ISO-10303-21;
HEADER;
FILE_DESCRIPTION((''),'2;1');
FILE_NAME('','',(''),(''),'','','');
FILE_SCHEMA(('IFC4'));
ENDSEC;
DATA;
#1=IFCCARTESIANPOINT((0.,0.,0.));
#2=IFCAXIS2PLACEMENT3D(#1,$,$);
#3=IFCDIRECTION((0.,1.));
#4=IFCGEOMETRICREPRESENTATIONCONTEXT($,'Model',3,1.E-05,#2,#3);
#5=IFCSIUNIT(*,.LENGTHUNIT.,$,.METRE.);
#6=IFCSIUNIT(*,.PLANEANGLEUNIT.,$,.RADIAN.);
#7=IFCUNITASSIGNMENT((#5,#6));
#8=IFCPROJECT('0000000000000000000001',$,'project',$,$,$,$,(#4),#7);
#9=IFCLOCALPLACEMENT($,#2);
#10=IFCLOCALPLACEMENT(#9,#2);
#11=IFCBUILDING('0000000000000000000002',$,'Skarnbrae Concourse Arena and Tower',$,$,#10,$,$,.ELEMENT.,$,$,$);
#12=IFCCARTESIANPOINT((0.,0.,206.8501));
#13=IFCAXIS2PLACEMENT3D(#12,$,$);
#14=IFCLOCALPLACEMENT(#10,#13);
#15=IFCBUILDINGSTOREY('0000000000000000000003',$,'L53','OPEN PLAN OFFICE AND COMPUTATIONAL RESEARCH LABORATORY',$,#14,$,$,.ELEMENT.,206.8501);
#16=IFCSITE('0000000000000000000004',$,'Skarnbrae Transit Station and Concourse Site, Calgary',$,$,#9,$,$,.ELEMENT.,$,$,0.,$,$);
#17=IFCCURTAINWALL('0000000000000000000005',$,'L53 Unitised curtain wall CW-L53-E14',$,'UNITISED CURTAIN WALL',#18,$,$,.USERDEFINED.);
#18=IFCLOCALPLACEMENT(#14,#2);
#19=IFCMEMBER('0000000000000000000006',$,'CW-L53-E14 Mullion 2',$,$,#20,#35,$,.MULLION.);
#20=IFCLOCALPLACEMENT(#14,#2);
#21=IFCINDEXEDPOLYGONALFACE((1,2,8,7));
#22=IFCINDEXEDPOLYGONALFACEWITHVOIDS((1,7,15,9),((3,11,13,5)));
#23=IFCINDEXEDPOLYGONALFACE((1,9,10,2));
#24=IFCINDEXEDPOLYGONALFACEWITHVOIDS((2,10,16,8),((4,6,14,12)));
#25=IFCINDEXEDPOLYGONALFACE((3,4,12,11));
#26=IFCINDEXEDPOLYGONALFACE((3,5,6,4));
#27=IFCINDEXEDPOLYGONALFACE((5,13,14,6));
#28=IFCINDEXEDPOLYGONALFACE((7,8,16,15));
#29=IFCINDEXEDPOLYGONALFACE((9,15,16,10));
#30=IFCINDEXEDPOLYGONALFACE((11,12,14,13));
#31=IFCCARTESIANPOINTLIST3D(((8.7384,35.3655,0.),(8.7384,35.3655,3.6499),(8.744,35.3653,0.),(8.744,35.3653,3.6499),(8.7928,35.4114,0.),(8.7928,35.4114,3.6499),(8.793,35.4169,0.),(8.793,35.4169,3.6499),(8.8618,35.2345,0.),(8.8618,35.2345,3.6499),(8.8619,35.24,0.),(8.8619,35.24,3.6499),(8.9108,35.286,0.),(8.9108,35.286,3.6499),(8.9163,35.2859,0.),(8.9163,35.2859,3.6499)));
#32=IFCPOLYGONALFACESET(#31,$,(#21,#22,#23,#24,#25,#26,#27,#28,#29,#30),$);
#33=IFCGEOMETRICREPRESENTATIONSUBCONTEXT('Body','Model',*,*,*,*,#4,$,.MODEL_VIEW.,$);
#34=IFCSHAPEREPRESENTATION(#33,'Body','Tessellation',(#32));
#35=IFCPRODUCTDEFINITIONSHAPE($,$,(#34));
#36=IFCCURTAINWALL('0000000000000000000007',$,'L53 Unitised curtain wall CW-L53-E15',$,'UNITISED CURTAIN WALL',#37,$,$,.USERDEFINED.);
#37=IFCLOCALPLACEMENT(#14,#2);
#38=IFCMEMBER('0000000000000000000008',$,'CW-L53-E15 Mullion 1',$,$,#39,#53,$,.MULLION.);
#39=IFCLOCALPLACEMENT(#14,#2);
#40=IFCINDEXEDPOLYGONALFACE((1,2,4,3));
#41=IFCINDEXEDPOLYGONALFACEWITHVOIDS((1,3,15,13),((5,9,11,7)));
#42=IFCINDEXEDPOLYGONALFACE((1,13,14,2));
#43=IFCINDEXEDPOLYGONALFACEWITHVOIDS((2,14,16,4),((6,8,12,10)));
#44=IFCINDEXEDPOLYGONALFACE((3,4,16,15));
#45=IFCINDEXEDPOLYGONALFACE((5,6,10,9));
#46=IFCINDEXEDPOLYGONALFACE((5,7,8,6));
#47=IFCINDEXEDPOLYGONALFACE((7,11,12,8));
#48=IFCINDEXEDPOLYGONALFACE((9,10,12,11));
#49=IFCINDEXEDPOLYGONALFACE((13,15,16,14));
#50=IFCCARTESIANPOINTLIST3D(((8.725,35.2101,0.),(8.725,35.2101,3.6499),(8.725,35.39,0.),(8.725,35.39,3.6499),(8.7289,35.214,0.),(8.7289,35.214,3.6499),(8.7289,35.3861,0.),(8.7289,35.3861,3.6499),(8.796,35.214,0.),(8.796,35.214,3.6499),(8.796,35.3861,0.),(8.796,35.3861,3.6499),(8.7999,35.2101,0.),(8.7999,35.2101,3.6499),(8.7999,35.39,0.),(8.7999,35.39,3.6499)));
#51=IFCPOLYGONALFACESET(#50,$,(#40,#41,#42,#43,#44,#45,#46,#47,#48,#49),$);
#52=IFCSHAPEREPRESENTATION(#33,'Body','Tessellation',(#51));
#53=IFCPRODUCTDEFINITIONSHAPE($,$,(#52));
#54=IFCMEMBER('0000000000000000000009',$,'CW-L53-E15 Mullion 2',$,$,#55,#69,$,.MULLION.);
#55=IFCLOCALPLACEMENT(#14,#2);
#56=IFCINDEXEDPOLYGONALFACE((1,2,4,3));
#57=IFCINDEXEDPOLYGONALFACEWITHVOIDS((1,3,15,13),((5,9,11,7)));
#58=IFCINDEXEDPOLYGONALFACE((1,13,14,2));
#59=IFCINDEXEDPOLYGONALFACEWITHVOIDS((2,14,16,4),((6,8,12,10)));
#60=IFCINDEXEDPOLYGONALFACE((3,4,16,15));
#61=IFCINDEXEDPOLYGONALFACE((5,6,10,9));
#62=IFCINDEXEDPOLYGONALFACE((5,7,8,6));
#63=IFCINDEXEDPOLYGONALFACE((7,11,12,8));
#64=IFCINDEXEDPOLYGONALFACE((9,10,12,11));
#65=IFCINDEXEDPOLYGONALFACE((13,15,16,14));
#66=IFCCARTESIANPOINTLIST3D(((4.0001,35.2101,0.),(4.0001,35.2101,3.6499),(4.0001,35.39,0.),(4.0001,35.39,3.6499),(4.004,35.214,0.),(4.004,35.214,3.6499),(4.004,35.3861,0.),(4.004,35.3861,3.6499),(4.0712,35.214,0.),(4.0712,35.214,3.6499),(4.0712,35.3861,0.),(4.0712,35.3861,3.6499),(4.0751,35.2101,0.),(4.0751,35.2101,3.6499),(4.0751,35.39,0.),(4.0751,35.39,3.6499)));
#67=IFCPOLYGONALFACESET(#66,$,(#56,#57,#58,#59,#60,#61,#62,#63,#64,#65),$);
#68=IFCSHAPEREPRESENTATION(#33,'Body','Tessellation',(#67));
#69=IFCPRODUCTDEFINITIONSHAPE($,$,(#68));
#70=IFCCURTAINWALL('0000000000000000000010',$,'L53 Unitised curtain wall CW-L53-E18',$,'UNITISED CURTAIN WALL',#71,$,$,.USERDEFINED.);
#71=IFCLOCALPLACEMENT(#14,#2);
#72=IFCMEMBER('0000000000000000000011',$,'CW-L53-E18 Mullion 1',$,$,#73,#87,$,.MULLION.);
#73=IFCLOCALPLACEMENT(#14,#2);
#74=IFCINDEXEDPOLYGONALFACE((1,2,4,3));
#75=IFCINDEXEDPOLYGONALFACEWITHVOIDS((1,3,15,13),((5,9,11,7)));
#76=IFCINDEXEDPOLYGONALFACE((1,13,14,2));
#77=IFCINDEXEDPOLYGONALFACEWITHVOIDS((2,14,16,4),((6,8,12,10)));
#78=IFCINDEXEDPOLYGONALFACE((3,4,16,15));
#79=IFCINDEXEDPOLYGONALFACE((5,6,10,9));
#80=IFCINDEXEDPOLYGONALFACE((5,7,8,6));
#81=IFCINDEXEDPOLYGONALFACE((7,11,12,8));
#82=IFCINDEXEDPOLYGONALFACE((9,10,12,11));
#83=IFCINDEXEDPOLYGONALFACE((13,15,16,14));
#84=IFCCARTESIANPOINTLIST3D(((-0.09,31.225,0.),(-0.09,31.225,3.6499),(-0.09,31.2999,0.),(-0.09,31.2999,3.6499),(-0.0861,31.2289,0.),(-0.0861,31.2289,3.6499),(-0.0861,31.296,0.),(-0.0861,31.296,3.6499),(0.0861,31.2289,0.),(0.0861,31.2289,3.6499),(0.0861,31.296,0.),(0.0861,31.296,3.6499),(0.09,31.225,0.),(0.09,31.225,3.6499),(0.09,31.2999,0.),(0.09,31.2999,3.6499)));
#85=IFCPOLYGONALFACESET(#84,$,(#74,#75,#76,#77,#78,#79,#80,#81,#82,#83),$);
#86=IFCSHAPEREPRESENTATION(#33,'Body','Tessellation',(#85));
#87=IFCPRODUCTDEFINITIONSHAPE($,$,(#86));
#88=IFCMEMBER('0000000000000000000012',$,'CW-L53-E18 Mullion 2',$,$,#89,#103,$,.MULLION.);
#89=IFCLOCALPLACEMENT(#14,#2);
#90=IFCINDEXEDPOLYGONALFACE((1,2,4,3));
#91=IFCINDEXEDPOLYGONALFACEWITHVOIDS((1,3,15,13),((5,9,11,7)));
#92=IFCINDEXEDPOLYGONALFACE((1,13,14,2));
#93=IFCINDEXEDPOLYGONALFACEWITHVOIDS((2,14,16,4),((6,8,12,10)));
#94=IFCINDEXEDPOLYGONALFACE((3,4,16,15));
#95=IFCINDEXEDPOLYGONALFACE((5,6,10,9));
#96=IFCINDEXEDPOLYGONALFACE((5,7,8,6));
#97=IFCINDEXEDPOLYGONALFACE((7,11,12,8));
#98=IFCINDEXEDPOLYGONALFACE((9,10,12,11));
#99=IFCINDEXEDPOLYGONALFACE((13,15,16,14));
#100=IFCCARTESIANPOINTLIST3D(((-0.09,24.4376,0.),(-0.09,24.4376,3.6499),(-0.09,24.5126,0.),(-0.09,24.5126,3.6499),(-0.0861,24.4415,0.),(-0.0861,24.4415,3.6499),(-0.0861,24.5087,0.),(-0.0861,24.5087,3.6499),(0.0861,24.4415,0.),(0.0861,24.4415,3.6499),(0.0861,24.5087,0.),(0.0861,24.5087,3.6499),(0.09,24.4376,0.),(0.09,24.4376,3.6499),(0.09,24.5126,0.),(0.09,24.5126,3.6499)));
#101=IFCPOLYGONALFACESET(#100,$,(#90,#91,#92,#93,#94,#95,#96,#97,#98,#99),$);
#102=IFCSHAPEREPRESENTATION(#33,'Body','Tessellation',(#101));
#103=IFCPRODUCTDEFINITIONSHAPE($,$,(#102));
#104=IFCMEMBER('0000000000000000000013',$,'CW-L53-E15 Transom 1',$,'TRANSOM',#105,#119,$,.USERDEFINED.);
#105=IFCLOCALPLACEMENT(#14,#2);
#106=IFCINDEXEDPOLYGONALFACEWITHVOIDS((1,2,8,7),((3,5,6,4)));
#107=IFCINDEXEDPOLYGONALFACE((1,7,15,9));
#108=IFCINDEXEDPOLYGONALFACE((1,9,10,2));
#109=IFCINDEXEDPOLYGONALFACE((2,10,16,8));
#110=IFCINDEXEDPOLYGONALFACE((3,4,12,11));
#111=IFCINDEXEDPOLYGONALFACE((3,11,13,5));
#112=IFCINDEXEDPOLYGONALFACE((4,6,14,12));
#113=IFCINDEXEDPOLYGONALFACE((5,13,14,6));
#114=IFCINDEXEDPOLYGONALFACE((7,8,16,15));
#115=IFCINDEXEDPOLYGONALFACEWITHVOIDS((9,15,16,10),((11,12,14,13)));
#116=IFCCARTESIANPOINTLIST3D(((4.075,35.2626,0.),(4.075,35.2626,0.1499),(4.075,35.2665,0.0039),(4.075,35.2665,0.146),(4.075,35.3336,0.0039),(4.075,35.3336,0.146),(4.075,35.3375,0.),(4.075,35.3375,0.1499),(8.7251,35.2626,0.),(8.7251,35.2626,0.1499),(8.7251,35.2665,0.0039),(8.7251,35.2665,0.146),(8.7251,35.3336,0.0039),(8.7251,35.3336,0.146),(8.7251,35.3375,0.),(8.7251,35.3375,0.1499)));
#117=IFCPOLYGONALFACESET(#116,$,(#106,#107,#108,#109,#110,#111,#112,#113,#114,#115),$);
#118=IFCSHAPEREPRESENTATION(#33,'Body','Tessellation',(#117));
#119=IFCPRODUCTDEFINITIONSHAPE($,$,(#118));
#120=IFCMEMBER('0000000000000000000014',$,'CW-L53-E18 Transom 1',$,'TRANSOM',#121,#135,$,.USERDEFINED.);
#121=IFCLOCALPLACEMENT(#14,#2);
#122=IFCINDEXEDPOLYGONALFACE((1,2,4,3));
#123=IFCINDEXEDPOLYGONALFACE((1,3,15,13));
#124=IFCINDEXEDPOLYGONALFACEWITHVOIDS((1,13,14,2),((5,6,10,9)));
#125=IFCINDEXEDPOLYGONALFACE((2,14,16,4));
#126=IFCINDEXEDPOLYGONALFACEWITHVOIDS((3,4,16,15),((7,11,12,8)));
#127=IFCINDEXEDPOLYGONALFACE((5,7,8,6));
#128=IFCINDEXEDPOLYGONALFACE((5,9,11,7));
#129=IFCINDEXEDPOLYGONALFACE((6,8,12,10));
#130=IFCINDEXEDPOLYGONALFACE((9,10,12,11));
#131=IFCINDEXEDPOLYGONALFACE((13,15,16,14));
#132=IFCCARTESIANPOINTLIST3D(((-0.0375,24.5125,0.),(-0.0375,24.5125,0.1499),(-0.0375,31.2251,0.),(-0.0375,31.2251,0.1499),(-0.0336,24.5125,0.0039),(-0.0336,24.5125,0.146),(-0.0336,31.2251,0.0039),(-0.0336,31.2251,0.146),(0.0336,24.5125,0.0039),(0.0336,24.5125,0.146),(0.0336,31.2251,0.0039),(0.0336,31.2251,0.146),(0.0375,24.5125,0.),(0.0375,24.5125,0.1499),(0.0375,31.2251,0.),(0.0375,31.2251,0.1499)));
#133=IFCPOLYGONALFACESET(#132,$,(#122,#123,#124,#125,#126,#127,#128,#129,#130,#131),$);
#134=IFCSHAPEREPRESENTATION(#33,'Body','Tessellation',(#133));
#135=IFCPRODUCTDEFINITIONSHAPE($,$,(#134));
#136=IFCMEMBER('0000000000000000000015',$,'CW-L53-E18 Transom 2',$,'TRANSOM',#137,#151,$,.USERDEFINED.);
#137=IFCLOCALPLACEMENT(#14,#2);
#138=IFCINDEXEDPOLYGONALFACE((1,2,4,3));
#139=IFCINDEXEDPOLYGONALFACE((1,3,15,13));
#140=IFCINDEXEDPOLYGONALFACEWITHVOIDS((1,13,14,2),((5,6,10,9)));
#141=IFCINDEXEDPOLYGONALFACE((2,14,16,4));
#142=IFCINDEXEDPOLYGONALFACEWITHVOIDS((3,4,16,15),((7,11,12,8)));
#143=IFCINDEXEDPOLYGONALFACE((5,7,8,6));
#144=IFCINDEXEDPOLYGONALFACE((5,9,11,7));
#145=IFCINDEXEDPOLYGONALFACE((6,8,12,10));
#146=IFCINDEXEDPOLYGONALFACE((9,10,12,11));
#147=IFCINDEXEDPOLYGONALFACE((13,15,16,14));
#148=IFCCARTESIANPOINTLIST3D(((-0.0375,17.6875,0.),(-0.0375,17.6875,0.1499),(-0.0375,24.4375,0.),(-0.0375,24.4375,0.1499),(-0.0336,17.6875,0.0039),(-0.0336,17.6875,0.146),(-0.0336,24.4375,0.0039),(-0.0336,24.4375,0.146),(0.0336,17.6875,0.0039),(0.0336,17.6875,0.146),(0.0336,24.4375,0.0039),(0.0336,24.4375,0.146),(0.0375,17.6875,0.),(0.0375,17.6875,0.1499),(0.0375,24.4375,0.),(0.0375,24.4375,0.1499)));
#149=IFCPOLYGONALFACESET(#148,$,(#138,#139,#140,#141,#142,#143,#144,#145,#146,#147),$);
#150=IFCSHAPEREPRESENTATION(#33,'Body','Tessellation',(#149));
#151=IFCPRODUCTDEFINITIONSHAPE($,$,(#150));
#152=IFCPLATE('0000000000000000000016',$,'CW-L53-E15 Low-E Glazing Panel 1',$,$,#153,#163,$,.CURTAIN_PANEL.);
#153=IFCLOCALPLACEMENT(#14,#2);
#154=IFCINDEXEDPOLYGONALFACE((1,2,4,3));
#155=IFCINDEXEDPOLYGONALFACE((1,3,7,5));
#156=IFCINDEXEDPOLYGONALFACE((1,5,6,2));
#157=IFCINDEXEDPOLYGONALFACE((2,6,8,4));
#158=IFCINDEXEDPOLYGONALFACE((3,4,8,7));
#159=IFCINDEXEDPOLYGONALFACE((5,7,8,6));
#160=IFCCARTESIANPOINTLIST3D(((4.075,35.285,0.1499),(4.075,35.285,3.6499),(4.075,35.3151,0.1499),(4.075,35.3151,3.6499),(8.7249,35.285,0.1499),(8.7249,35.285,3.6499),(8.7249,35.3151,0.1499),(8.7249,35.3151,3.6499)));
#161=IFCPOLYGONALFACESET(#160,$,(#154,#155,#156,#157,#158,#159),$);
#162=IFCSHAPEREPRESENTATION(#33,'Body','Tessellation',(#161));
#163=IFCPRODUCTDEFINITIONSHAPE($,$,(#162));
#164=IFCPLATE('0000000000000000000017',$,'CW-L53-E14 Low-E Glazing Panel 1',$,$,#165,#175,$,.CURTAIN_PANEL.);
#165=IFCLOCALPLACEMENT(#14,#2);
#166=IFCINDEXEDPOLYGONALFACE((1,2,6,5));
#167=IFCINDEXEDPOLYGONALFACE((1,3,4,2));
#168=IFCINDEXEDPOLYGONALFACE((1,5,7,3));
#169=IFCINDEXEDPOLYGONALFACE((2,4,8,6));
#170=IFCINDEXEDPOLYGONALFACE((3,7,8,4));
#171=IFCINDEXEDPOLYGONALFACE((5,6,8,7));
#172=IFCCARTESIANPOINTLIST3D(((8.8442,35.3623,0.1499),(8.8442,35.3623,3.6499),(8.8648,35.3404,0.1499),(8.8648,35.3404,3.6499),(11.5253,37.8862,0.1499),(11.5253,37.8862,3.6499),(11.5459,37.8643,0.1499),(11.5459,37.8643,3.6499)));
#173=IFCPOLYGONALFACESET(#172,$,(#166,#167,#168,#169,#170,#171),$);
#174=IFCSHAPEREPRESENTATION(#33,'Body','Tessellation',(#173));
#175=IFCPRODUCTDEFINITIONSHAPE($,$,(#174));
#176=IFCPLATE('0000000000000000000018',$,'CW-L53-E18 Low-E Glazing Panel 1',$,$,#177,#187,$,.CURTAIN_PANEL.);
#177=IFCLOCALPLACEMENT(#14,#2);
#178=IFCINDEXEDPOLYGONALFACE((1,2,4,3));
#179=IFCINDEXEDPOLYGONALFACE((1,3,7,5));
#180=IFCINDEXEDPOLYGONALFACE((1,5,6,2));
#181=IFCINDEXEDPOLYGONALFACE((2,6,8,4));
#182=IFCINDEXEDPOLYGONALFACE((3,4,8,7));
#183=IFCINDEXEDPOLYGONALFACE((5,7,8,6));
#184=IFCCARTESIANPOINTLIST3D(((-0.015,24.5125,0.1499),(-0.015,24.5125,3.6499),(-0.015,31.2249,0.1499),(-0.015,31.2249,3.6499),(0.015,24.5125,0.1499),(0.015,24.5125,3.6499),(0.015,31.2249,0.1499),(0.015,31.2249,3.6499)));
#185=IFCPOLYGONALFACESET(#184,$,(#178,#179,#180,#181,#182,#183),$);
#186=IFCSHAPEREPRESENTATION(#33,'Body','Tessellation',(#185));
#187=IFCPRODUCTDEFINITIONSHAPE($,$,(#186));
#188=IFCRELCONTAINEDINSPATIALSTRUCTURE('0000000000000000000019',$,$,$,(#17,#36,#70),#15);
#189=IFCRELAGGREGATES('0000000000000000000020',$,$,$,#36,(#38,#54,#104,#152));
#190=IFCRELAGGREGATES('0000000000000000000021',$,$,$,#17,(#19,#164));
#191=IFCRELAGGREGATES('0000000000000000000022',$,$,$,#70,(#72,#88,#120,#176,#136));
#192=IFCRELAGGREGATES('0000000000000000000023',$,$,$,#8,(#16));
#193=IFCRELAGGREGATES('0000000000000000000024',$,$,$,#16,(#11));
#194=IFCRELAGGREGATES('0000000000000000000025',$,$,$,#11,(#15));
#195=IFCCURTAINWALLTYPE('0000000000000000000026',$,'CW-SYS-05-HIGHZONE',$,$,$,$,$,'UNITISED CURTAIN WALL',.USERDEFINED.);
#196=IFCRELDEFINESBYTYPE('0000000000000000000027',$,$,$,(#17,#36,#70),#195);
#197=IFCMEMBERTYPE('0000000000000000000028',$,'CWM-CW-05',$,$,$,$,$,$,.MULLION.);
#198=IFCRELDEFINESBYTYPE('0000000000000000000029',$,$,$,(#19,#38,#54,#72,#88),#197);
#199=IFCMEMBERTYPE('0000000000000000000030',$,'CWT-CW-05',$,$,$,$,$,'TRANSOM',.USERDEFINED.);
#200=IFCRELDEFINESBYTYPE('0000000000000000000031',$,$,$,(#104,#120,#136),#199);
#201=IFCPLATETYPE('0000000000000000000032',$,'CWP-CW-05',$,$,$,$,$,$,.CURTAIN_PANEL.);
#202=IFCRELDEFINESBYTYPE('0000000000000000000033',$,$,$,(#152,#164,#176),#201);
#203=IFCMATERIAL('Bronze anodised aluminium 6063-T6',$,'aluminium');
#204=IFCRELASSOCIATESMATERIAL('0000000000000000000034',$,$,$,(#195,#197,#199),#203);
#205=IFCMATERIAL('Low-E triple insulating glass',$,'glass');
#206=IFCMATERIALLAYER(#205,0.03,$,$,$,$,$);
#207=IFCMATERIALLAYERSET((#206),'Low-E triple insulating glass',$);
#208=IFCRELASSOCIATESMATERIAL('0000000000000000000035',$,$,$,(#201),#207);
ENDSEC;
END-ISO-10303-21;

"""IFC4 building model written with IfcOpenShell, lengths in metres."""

from ifc_helpers import new_model, si_unit, direction, frame, origin, origin_2d, place, context, subcontext, project, spatial, rectangle, hollow_rectangle, extrude, source, transform, mapped, material, layer, layer_set, material_profile, profile_set, type_object, element, aggregate, save


model = new_model("IFC4")

# Units and contexts
model_context = context("Model", 3, precision=1e-05, world=origin(), true_north=direction((0.0, 1.0)))
body_context = subcontext(model_context, "Body", "Model", "MODEL_VIEW")
ifc_project = project(units=[si_unit("LENGTHUNIT", "METRE"), si_unit("PLANEANGLEUNIT", "RADIAN")], contexts=[model_context])

# Site, building, storey
site_placement = place(None, origin())
site = spatial("IfcSite", under=ifc_project, at=site_placement, Name="Skarnbrae Transit Station and Concourse Site, Calgary", CompositionType="ELEMENT", RefElevation=0.0)
building_placement = place(site_placement, origin())
building = spatial("IfcBuilding", under=site, at=building_placement, Name="Skarnbrae Concourse Arena and Tower", CompositionType="ELEMENT")
storey_placement = place(building_placement, frame((0.0, 0.0, 206.8501)))
storey = spatial("IfcBuildingStorey", under=building, at=storey_placement, Name="L53", Description="OPEN PLAN OFFICE AND COMPUTATIONAL RESEARCH LABORATORY", CompositionType="ELEMENT", Elevation=206.8501)

# Curtain wall, member
ifc_material_1 = material(Name="Bronze anodised aluminium 6063-T6", Category="aluminium")
curtain_wall_type = type_object("IfcCurtainWallType", Name="CW-SYS-05-HIGHZONE", ElementType="UNITISED CURTAIN WALL", PredefinedType="USERDEFINED", material=ifc_material_1)
curtain_wall_1_placement = place(storey_placement, origin())
curtain_wall_1 = element("IfcCurtainWall", 1, at=curtain_wall_1_placement, inside=storey, type_object=curtain_wall_type, Name="L53 Unitised curtain wall CW-L53-E14", ObjectType="UNITISED CURTAIN WALL", PredefinedType="USERDEFINED")
ifc_material_profile_1 = material_profile(ifc_material_1, hollow_rectangle(XDim=0.075, YDim=0.1799, WallThickness=0.0039, at=origin_2d()), Name="ALU-MULL-75X180")
ifc_profile_set_1 = profile_set([ifc_material_profile_1], Name="Bronze anodised aluminium 6063-T6")
member_type_1 = type_object("IfcMemberType", Name="CWM-CW-05", PredefinedType="MULLION", material=ifc_profile_set_1)
shared_shape_1 = source(origin(), body_context, "Body", "SweptSolid", [
    extrude(hollow_rectangle(XDim=0.075, YDim=0.1799, WallThickness=0.0039, at=origin_2d()), origin(), (0.0, 0.0, 1.0), 3.6499),
])
member_1_placement = place(storey_placement, frame((8.8274, 35.3257, 0.0), z_axis=(0.0, 0.0, 1.0), x_axis=(-0.728131, -0.685438, 0.0)))
member_1 = element("IfcMember", 2, at=member_1_placement, type_object=member_type_1, Name="CW-L53-E14 Mullion 2", PredefinedType="MULLION", context=body_context, shape_type="MappedRepresentation", body=[
    mapped(shared_shape_1, transform((0.0, 0.0, 0.0))),
])

# Curtain walls, members
curtain_wall_2_placement = place(storey_placement, origin())
curtain_wall_2 = element("IfcCurtainWall", 3, at=curtain_wall_2_placement, inside=storey, type_object=curtain_wall_type, Name="L53 Unitised curtain wall CW-L53-E15", ObjectType="UNITISED CURTAIN WALL", PredefinedType="USERDEFINED")
member_2_placement = place(storey_placement, frame((8.7625, 35.3, 0.0), z_axis=(0.0, 0.0, 1.0), x_axis=(-1.0, 0.0, 0.0)))
member_2 = element("IfcMember", 4, at=member_2_placement, type_object=member_type_1, Name="CW-L53-E15 Mullion 1", PredefinedType="MULLION", context=body_context, shape_type="MappedRepresentation", body=[
    mapped(shared_shape_1, transform((0.0, 0.0, 0.0))),
])
member_3_placement = place(storey_placement, frame((4.0376, 35.3, 0.0), z_axis=(0.0, 0.0, 1.0), x_axis=(-1.0, 0.0, 0.0)))
member_3 = element("IfcMember", 5, at=member_3_placement, type_object=member_type_1, Name="CW-L53-E15 Mullion 2", PredefinedType="MULLION", context=body_context, shape_type="MappedRepresentation", body=[
    mapped(shared_shape_1, transform((0.0, 0.0, 0.0))),
])
curtain_wall_3_placement = place(storey_placement, origin())
curtain_wall_3 = element("IfcCurtainWall", 6, at=curtain_wall_3_placement, inside=storey, type_object=curtain_wall_type, Name="L53 Unitised curtain wall CW-L53-E18", ObjectType="UNITISED CURTAIN WALL", PredefinedType="USERDEFINED")
member_4_placement = place(storey_placement, frame((0.0, 31.2625, 0.0), z_axis=(0.0, 0.0, 1.0), x_axis=(0.0, -1.0, 0.0)))
member_4 = element("IfcMember", 7, at=member_4_placement, type_object=member_type_1, Name="CW-L53-E18 Mullion 1", PredefinedType="MULLION", context=body_context, shape_type="MappedRepresentation", body=[
    mapped(shared_shape_1, transform((0.0, 0.0, 0.0))),
])
member_5_placement = place(storey_placement, frame((0.0, 24.4751, 0.0), z_axis=(0.0, 0.0, 1.0), x_axis=(0.0, -1.0, 0.0)))
member_5 = element("IfcMember", 8, at=member_5_placement, type_object=member_type_1, Name="CW-L53-E18 Mullion 2", PredefinedType="MULLION", context=body_context, shape_type="MappedRepresentation", body=[
    mapped(shared_shape_1, transform((0.0, 0.0, 0.0))),
])

# Members
ifc_material_profile_2 = material_profile(ifc_material_1, hollow_rectangle(XDim=0.075, YDim=0.1499, WallThickness=0.0039, at=origin_2d()), Name="ALU-TRAN-75X150")
ifc_profile_set_2 = profile_set([ifc_material_profile_2], Name="Bronze anodised aluminium 6063-T6")
member_type_2 = type_object("IfcMemberType", Name="CWT-CW-05", ElementType="TRANSOM", PredefinedType="USERDEFINED", material=ifc_profile_set_2)
shared_shape_2 = source(origin(), body_context, "Body", "SweptSolid", [
    extrude(hollow_rectangle(XDim=0.075, YDim=0.1499, WallThickness=0.0039, at=origin_2d()), origin(), (0.0, 0.0, 1.0), 4.6501),
])
member_6_placement = place(storey_placement, frame((8.7251, 35.3, 0.075), z_axis=(-1.0, 0.0, 0.0), x_axis=(0.0, -1.0, 0.0)))
member_6 = element("IfcMember", 9, at=member_6_placement, type_object=member_type_2, Name="CW-L53-E15 Transom 1", ObjectType="TRANSOM", PredefinedType="USERDEFINED", context=body_context, shape_type="MappedRepresentation", body=[
    mapped(shared_shape_2, transform((0.0, 0.0, 0.0))),
])
shared_shape_3 = source(origin(), body_context, "Body", "SweptSolid", [
    extrude(hollow_rectangle(XDim=0.075, YDim=0.1499, WallThickness=0.0039, at=origin_2d()), origin(), (0.0, 0.0, 1.0), 6.7126),
])
member_7_placement = place(storey_placement, frame((0.0, 31.2251, 0.075), z_axis=(0.0, -1.0, 0.0), x_axis=(1.0, 0.0, 0.0)))
member_7 = element("IfcMember", 10, at=member_7_placement, type_object=member_type_2, Name="CW-L53-E18 Transom 1", ObjectType="TRANSOM", PredefinedType="USERDEFINED", context=body_context, shape_type="MappedRepresentation", body=[
    mapped(shared_shape_3, transform((0.0, 0.0, 0.0))),
])
shared_shape_4 = source(origin(), body_context, "Body", "SweptSolid", [
    extrude(hollow_rectangle(XDim=0.075, YDim=0.1499, WallThickness=0.0039, at=origin_2d()), origin(), (0.0, 0.0, 1.0), 6.75),
])
member_8_placement = place(storey_placement, frame((0.0, 24.4375, 0.075), z_axis=(0.0, -1.0, 0.0), x_axis=(1.0, 0.0, 0.0)))
member_8 = element("IfcMember", 11, at=member_8_placement, type_object=member_type_2, Name="CW-L53-E18 Transom 2", ObjectType="TRANSOM", PredefinedType="USERDEFINED", context=body_context, shape_type="MappedRepresentation", body=[
    mapped(shared_shape_4, transform((0.0, 0.0, 0.0))),
])

# Plates
ifc_material_2 = material(Name="Low-E triple insulating glass", Category="glass")
ifc_layer_1 = layer(ifc_material_2, 0.03)
ifc_layer_set_1 = layer_set([ifc_layer_1], Name="Low-E triple insulating glass")
plate_type = type_object("IfcPlateType", Name="CWP-CW-05", PredefinedType="CURTAIN_PANEL", material=ifc_layer_set_1)
shared_shape_5 = source(origin(), body_context, "Body", "SweptSolid", [
    extrude(rectangle(XDim=4.6499, YDim=0.03, at=origin_2d()), origin(), (0.0, 0.0, 1.0), 3.5),
])
plate_1_placement = place(storey_placement, frame((6.3999, 35.3, 0.1499), z_axis=(0.0, 0.0, 1.0), x_axis=(-1.0, 0.0, 0.0)))
plate_1 = element("IfcPlate", 12, at=plate_1_placement, type_object=plate_type, Name="CW-L53-E15 Low-E Glazing Panel 1", PredefinedType="CURTAIN_PANEL", context=body_context, shape_type="MappedRepresentation", body=[
    mapped(shared_shape_5, transform((0.0, 0.0, 0.0))),
])
aggregate(curtain_wall_2, [member_2, member_3, member_6, plate_1])
shared_shape_6 = source(origin(), body_context, "Body", "SweptSolid", [
    extrude(rectangle(XDim=3.6821, YDim=0.03, at=origin_2d()), origin(), (0.0, 0.0, 1.0), 3.5),
])
plate_2_placement = place(storey_placement, frame((10.1951, 36.6133, 0.1499), z_axis=(0.0, 0.0, 1.0), x_axis=(-0.728131, -0.685438, 0.0)))
plate_2 = element("IfcPlate", 13, at=plate_2_placement, type_object=plate_type, Name="CW-L53-E14 Low-E Glazing Panel 1", PredefinedType="CURTAIN_PANEL", context=body_context, shape_type="MappedRepresentation", body=[
    mapped(shared_shape_6, transform((0.0, 0.0, 0.0))),
])
aggregate(curtain_wall_1, [member_1, plate_2])
shared_shape_7 = source(origin(), body_context, "Body", "SweptSolid", [
    extrude(rectangle(XDim=6.7124, YDim=0.03, at=origin_2d()), origin(), (0.0, 0.0, 1.0), 3.5),
])
plate_3_placement = place(storey_placement, frame((0.0, 27.8687, 0.1499), z_axis=(0.0, 0.0, 1.0), x_axis=(0.0, -1.0, 0.0)))
plate_3 = element("IfcPlate", 14, at=plate_3_placement, type_object=plate_type, Name="CW-L53-E18 Low-E Glazing Panel 1", PredefinedType="CURTAIN_PANEL", context=body_context, shape_type="MappedRepresentation", body=[
    mapped(shared_shape_7, transform((0.0, 0.0, 0.0))),
])
aggregate(curtain_wall_3, [member_4, member_5, member_7, plate_3, member_8])

save(model, "model.ifc")
